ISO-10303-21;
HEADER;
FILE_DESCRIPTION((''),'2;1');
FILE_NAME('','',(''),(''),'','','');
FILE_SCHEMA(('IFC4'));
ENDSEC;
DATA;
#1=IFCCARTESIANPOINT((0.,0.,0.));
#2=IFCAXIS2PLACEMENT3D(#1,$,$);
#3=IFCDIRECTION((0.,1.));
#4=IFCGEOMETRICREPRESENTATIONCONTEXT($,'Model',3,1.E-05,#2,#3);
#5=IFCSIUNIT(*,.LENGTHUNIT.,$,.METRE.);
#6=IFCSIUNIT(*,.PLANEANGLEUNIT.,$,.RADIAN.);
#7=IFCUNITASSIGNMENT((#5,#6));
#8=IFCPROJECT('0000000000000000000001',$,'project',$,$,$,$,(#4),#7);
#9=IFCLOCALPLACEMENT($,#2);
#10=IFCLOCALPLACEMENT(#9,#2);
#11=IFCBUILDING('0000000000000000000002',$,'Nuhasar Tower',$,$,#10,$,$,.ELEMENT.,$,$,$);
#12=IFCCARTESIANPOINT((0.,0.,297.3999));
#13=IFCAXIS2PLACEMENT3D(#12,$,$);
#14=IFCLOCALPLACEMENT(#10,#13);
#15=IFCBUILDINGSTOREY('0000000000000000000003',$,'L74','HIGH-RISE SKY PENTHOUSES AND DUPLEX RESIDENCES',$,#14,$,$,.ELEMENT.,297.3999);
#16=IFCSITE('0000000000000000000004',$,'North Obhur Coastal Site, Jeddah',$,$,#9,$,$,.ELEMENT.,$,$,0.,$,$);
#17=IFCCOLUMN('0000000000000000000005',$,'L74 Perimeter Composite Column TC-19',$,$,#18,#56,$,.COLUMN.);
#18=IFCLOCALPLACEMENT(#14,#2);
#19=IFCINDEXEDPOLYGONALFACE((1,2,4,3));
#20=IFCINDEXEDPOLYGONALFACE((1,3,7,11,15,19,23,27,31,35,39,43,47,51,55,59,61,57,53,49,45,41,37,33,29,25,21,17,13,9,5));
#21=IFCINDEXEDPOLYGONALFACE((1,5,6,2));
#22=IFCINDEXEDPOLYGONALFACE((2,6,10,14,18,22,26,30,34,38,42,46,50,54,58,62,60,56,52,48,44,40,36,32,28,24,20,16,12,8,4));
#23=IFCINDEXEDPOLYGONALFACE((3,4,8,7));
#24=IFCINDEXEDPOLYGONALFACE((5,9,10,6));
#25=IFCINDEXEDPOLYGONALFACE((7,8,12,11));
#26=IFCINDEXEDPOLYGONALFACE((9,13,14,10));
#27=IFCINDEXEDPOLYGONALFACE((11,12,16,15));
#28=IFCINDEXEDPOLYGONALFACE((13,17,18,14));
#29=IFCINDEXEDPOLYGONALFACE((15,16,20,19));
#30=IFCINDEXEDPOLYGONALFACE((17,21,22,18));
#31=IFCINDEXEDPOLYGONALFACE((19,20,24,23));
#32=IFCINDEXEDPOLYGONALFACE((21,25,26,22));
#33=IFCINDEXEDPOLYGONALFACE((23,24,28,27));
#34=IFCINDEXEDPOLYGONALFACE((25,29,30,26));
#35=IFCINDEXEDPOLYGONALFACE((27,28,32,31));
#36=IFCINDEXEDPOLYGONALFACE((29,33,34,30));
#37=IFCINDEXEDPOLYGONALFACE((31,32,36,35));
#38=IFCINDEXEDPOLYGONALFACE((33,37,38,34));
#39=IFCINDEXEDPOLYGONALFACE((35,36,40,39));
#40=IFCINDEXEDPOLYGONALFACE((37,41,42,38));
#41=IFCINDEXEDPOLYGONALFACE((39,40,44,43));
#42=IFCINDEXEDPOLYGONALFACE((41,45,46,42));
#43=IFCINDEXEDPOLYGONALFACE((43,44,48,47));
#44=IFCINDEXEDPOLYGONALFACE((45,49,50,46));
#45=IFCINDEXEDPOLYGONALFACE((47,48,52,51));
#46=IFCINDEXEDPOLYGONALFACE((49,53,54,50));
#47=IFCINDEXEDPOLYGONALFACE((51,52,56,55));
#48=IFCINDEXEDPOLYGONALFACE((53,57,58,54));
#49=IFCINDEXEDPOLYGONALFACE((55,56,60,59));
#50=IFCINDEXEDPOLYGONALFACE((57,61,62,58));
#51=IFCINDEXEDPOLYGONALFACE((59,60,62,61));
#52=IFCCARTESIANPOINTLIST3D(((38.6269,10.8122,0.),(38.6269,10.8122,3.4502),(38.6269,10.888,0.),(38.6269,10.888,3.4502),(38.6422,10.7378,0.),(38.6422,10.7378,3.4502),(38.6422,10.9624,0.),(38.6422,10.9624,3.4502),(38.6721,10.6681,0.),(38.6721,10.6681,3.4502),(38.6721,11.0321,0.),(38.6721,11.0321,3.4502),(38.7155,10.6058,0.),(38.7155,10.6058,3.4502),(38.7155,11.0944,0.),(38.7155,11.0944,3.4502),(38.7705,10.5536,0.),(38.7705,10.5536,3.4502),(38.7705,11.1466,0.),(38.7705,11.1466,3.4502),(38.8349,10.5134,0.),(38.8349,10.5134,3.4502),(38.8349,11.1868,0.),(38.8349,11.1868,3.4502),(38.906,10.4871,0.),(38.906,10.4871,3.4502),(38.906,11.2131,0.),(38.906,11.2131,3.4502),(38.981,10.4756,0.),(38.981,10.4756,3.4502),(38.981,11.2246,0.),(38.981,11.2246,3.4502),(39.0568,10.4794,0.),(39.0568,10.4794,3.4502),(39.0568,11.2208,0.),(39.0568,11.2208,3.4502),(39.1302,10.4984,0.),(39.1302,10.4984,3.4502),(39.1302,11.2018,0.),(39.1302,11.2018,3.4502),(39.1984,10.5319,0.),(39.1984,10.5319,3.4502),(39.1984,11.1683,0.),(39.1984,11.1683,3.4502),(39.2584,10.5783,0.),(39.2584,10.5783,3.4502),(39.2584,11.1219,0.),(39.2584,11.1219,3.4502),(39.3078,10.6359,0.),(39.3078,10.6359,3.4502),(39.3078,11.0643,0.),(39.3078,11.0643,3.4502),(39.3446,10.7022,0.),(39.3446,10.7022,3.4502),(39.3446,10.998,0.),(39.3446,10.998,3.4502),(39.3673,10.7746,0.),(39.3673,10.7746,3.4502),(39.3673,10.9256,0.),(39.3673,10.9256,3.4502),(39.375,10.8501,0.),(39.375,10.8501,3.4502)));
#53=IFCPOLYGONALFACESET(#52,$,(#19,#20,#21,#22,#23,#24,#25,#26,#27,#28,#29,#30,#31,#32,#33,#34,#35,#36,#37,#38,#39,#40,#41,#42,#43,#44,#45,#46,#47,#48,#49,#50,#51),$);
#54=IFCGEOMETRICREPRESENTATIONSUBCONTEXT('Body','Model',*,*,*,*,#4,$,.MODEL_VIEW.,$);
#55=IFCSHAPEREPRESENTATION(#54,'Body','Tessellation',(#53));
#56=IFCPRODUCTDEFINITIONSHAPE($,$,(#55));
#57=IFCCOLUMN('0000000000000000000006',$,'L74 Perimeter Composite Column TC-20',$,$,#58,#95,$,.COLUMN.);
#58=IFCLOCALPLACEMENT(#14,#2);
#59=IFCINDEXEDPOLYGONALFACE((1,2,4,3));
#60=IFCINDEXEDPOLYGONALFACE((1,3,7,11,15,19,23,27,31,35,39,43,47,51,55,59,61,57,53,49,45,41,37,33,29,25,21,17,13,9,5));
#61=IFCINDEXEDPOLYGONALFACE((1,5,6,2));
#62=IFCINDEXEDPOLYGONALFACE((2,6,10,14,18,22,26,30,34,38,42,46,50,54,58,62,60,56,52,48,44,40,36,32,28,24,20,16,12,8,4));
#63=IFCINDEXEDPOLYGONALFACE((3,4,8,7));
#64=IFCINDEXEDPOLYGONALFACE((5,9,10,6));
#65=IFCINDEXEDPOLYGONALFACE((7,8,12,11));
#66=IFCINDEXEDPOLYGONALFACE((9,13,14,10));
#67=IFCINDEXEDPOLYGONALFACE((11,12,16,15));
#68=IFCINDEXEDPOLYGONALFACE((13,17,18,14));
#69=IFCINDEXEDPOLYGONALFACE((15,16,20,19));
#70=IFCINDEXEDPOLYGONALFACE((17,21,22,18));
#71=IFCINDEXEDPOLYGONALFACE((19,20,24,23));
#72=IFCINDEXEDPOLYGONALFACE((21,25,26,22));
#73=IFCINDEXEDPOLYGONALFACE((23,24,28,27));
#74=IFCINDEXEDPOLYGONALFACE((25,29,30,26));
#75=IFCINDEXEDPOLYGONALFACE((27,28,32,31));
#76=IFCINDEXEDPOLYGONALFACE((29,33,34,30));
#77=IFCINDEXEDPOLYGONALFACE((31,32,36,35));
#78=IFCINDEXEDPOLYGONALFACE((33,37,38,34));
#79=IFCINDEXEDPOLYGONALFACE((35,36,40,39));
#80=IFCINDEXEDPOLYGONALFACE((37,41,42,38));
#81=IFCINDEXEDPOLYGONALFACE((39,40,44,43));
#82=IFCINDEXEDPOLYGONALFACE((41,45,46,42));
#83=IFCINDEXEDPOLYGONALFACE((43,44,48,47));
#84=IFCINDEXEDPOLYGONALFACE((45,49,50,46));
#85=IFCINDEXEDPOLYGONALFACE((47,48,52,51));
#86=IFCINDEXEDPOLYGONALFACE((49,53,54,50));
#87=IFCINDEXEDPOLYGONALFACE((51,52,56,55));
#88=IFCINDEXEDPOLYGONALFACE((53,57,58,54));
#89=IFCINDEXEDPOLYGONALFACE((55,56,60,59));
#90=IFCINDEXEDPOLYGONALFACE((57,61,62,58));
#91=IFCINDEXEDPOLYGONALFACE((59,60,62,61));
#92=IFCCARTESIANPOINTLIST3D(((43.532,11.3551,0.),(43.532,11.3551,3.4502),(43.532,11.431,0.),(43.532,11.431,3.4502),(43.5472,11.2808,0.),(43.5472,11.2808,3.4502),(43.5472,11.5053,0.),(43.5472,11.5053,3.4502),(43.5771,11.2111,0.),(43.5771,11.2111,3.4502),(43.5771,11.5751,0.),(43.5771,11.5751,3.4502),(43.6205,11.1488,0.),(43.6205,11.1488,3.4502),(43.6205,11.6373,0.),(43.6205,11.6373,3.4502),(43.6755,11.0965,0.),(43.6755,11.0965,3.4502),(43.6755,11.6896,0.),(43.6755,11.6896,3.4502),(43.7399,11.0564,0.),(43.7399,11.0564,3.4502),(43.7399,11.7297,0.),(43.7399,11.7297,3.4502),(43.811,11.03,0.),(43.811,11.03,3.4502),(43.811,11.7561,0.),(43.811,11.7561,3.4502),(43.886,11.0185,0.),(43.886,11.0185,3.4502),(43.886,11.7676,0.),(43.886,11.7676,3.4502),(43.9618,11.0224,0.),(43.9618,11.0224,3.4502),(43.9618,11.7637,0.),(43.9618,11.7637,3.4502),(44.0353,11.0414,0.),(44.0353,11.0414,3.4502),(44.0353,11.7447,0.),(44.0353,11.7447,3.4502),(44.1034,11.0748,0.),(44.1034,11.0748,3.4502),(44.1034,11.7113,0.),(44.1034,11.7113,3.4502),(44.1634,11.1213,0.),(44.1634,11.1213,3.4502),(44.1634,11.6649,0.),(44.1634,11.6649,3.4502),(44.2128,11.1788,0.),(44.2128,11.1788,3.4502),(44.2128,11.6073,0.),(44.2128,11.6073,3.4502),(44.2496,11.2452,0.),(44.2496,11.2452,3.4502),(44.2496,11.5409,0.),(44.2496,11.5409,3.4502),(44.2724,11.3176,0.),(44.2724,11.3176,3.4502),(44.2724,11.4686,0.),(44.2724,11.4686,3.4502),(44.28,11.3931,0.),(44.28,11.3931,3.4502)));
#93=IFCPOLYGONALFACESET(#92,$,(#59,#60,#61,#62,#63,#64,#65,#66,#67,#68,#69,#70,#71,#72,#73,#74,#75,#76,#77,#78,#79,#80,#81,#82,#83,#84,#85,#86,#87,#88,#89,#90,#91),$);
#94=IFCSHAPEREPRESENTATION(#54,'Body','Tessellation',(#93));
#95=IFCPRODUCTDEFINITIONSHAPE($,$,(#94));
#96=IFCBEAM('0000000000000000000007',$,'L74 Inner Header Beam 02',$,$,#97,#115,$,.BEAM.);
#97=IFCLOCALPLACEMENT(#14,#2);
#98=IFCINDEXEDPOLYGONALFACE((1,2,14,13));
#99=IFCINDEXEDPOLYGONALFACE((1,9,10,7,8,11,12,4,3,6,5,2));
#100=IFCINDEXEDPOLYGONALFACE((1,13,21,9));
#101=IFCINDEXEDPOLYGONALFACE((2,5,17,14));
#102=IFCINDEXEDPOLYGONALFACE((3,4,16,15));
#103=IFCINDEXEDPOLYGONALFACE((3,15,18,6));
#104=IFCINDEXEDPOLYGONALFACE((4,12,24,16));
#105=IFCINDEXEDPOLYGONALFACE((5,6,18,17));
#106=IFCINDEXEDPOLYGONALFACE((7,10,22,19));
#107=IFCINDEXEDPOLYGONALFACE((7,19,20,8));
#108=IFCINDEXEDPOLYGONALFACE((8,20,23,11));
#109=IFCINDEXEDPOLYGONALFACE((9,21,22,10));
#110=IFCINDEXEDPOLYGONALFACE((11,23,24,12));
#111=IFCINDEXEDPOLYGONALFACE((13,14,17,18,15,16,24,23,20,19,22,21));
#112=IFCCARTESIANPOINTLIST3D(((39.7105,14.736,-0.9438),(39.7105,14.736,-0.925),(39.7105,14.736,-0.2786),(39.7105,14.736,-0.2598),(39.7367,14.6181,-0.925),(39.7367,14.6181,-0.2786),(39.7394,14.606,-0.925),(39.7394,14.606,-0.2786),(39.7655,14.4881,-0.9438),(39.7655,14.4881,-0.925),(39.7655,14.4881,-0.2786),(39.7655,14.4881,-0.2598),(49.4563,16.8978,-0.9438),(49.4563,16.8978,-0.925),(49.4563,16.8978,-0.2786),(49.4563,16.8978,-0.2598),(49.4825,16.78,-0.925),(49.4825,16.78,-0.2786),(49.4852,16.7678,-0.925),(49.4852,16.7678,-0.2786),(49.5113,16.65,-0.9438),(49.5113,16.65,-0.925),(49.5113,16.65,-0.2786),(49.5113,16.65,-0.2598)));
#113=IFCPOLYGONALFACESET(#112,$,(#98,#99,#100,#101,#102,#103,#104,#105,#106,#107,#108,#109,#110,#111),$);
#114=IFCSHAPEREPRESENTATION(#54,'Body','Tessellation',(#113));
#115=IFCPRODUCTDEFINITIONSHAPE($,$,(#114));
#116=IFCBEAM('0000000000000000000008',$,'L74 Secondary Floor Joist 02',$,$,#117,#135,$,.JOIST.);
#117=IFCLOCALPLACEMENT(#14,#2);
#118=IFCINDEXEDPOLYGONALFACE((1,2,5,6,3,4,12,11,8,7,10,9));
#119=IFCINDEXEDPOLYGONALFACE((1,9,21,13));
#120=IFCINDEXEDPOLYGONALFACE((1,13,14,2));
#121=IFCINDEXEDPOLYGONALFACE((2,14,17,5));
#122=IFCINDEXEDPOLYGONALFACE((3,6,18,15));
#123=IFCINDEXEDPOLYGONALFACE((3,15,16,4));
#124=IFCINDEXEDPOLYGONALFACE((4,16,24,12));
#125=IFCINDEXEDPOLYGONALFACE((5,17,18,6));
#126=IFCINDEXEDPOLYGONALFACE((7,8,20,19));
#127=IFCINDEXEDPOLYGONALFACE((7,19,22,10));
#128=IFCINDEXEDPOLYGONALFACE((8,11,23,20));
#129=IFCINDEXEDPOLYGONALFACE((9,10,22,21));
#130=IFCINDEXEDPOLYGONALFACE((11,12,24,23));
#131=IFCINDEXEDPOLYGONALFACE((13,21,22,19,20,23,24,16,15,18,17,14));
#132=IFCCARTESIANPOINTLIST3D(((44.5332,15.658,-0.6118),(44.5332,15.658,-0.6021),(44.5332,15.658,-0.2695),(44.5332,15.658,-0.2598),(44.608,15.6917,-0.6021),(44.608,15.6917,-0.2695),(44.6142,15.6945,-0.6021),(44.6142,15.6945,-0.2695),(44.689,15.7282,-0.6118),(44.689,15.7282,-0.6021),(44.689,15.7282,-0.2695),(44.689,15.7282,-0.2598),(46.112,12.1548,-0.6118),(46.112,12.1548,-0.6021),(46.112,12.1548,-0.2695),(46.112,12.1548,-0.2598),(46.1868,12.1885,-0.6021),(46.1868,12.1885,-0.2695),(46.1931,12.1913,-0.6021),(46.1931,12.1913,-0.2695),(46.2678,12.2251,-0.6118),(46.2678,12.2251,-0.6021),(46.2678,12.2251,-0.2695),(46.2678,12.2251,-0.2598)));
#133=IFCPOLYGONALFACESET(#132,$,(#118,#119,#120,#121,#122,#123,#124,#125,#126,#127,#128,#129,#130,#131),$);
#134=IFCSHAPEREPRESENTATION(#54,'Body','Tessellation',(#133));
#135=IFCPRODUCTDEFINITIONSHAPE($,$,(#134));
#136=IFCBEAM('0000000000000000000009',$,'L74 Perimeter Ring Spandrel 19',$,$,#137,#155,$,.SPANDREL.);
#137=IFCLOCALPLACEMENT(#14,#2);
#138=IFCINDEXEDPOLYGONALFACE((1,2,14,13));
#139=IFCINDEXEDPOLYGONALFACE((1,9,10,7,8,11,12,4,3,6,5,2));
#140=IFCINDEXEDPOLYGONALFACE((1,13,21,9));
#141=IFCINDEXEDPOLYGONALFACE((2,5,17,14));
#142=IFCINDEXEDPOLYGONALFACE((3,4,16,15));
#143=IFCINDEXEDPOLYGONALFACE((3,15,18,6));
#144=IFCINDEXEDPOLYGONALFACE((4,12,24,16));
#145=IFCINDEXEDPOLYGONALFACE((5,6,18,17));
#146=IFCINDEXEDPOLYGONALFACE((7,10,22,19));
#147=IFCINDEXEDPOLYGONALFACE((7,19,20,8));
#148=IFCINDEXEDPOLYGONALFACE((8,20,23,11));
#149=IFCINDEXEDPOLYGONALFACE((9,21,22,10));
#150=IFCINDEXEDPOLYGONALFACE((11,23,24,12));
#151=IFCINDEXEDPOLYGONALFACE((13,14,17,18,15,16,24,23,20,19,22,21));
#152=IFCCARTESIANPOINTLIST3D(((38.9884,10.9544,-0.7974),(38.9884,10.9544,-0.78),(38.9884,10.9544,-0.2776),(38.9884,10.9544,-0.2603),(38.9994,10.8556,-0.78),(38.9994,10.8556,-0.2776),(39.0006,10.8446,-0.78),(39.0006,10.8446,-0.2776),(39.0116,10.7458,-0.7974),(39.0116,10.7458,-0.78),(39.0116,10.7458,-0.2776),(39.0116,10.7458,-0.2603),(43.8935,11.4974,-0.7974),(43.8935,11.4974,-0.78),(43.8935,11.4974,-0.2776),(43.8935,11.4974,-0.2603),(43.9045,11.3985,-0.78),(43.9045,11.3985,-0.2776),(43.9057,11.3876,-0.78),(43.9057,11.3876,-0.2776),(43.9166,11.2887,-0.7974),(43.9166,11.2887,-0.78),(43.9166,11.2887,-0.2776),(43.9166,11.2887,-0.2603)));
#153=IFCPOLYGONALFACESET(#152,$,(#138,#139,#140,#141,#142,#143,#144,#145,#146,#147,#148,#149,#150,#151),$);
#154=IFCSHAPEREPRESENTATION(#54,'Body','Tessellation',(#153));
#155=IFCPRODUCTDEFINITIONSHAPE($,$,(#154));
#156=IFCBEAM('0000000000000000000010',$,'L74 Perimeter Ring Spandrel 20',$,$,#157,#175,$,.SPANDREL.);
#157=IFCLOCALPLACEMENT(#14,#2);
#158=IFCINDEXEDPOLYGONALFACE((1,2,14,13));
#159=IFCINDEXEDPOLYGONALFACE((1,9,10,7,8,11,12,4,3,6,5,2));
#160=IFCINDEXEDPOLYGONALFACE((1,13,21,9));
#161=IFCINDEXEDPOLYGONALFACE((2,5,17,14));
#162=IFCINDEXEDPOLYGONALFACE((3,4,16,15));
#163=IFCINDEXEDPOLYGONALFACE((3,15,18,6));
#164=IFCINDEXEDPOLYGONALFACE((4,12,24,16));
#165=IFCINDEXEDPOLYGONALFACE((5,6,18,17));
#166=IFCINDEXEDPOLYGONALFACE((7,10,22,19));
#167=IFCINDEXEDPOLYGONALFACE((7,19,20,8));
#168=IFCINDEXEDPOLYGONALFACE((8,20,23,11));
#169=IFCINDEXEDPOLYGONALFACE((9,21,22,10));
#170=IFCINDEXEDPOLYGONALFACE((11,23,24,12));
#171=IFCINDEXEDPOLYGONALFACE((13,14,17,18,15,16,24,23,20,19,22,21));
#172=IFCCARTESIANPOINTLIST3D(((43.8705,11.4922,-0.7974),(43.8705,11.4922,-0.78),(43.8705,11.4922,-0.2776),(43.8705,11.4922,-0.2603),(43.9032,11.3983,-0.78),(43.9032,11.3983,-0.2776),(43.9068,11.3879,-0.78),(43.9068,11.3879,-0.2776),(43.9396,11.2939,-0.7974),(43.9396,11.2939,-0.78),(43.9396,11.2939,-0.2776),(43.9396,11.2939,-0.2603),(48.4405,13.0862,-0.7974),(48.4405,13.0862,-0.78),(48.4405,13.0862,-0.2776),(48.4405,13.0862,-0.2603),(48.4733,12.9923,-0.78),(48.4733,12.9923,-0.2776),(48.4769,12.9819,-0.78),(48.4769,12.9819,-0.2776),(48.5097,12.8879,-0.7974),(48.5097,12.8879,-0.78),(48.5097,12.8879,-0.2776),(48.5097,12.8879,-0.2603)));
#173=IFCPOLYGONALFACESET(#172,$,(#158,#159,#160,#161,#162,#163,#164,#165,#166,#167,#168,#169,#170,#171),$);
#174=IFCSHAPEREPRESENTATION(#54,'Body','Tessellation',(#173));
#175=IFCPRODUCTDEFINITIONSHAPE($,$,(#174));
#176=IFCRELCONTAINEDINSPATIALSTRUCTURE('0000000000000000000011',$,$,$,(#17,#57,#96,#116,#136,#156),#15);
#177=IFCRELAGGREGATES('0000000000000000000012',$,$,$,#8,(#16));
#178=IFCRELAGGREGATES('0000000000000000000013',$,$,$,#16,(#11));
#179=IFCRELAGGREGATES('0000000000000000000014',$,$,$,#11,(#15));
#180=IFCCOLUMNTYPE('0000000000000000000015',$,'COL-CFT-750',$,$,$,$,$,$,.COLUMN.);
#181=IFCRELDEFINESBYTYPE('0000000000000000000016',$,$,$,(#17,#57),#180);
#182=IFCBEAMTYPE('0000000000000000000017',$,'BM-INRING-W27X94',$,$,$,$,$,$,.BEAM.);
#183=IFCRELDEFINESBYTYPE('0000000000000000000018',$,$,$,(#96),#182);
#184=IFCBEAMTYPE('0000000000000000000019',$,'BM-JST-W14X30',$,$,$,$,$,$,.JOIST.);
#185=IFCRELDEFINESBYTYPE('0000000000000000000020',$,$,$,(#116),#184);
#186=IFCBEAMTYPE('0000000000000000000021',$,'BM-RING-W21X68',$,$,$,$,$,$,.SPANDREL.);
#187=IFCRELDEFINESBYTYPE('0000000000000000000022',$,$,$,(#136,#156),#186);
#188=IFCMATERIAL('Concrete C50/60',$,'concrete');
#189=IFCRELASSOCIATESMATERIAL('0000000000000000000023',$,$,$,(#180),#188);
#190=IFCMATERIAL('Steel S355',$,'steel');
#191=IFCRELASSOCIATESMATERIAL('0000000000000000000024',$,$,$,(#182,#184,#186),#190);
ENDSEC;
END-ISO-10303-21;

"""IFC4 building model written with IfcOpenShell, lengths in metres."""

from ifc_helpers import new_model, si_unit, direction, frame, origin, origin_2d, place, context, subcontext, project, spatial, circle, i_section, extrude, material, material_profile, profile_set, type_object, element, save


model = new_model("IFC4")

# Units and contexts
model_context = context("Model", 3, precision=1e-05, world=origin(), true_north=direction((0.0, 1.0)))
body_context = subcontext(model_context, "Body", "Model", "MODEL_VIEW")
ifc_project = project(units=[si_unit("LENGTHUNIT", "METRE"), si_unit("PLANEANGLEUNIT", "RADIAN")], contexts=[model_context])

# Site, building, storey
site_placement = place(None, origin())
site = spatial("IfcSite", under=ifc_project, at=site_placement, Name="North Obhur Coastal Site, Jeddah", CompositionType="ELEMENT", RefElevation=0.0)
building_placement = place(site_placement, origin())
building = spatial("IfcBuilding", under=site, at=building_placement, Name="Nuhasar Tower", CompositionType="ELEMENT")
storey_placement = place(building_placement, frame((0.0, 0.0, 297.3999)))
storey = spatial("IfcBuildingStorey", under=building, at=storey_placement, Name="L74", Description="HIGH-RISE SKY PENTHOUSES AND DUPLEX RESIDENCES", CompositionType="ELEMENT", Elevation=297.3999)

# Columns
ifc_material_1 = material(Name="Concrete C50/60", Category="concrete")
ifc_material_profile_1 = material_profile(ifc_material_1, circle(Radius=0.375, at=origin_2d()), Name="CFT750")
ifc_profile_set_1 = profile_set([ifc_material_profile_1], Name="Concrete C50/60")
column_type = type_object("IfcColumnType", Name="COL-CFT-750", PredefinedType="COLUMN", material=ifc_profile_set_1)
for number, where, z_axis, x_axis, name in (
    (1, (39.0, 10.8501, 0.0), (0.0, 0.0, 1.0), (1.0, 0.0, 0.0), "L74 Perimeter Composite Column TC-19"),
    (2, (43.905, 11.3931, 0.0), (0.0, 0.0, 1.0), (1.0, 0.0, 0.0), "L74 Perimeter Composite Column TC-20"),
):
    element("IfcColumn", number, at=place(storey_placement, frame(where, z_axis=z_axis, x_axis=x_axis)), inside=storey, type_object=column_type, Name=name, PredefinedType="COLUMN", context=body_context, shape_type="SweptSolid", body=[
        extrude(circle(Radius=0.375, at=origin_2d()), origin(), (0.0, 0.0, 1.0), 3.4502),
    ])

# Beams
ifc_material_2 = material(Name="Steel S355", Category="steel")
ifc_material_profile_2 = material_profile(ifc_material_2, i_section(OverallWidth=0.2539, OverallDepth=0.6841, WebThickness=0.0125, FlangeThickness=0.0188, at=origin_2d()), Name="W27X94")
ifc_profile_set_2 = profile_set([ifc_material_profile_2], Name="Steel S355")
beam_type_1 = type_object("IfcBeamType", Name="BM-INRING-W27X94", PredefinedType="BEAM", material=ifc_profile_set_2)
beam_1_placement = place(storey_placement, frame((39.738, 14.6121, -0.6018), z_axis=(0.976269, 0.21656, 0.0), x_axis=(-0.21656, 0.976269, 0.0)))
element("IfcBeam", 3, at=beam_1_placement, inside=storey, type_object=beam_type_1, Name="L74 Inner Header Beam 02", PredefinedType="BEAM", context=body_context, shape_type="SweptSolid", body=[
    extrude(i_section(OverallWidth=0.2539, OverallDepth=0.6841, WebThickness=0.0125, FlangeThickness=0.0188, at=origin_2d()), origin(), (0.0, 0.0, 1.0), 9.9827),
])
ifc_material_profile_3 = material_profile(ifc_material_2, i_section(OverallWidth=0.1709, OverallDepth=0.3521, WebThickness=0.0068, FlangeThickness=0.0098, at=origin_2d()), Name="W14X30")
ifc_profile_set_3 = profile_set([ifc_material_profile_3], Name="Steel S355")
beam_type_2 = type_object("IfcBeamType", Name="BM-JST-W14X30", PredefinedType="JOIST", material=ifc_profile_set_3)
beam_2_placement = place(storey_placement, frame((44.6111, 15.6931, -0.4358), z_axis=(0.41089, -0.911685, 0.0), x_axis=(0.911685, 0.41089, 0.0)))
element("IfcBeam", 4, at=beam_2_placement, inside=storey, type_object=beam_type_2, Name="L74 Secondary Floor Joist 02", PredefinedType="JOIST", context=body_context, shape_type="SweptSolid", body=[
    extrude(i_section(OverallWidth=0.1709, OverallDepth=0.3521, WebThickness=0.0068, FlangeThickness=0.0098, at=origin_2d()), origin(), (0.0, 0.0, 1.0), 3.8425),
])
ifc_material_profile_4 = material_profile(ifc_material_2, i_section(OverallWidth=0.21, OverallDepth=0.5371, WebThickness=0.011, FlangeThickness=0.0173, at=origin_2d()), Name="W21X68")
ifc_profile_set_4 = profile_set([ifc_material_profile_4], Name="Steel S355")
beam_type_3 = type_object("IfcBeamType", Name="BM-RING-W21X68", PredefinedType="SPANDREL", material=ifc_profile_set_4)
beam_3_placement = place(storey_placement, frame((39.0, 10.8501, -0.5288), z_axis=(0.993929, 0.110024, 0.0), x_axis=(-0.110024, 0.993929, 0.0)))
element("IfcBeam", 5, at=beam_3_placement, inside=storey, type_object=beam_type_3, Name="L74 Perimeter Ring Spandrel 19", PredefinedType="SPANDREL", context=body_context, shape_type="SweptSolid", body=[
    extrude(i_section(OverallWidth=0.21, OverallDepth=0.5371, WebThickness=0.011, FlangeThickness=0.0173, at=origin_2d()), origin(), (0.0, 0.0, 1.0), 4.9351),
])
beam_4_placement = place(storey_placement, frame((43.905, 11.3931, -0.5288), z_axis=(0.944214, 0.329332, 0.0), x_axis=(-0.329332, 0.944214, 0.0)))
element("IfcBeam", 6, at=beam_4_placement, inside=storey, type_object=beam_type_3, Name="L74 Perimeter Ring Spandrel 20", PredefinedType="SPANDREL", context=body_context, shape_type="SweptSolid", body=[
    extrude(i_section(OverallWidth=0.21, OverallDepth=0.5371, WebThickness=0.011, FlangeThickness=0.0173, at=origin_2d()), origin(), (0.0, 0.0, 1.0), 4.8401),
])

save(model, "model.ifc")
